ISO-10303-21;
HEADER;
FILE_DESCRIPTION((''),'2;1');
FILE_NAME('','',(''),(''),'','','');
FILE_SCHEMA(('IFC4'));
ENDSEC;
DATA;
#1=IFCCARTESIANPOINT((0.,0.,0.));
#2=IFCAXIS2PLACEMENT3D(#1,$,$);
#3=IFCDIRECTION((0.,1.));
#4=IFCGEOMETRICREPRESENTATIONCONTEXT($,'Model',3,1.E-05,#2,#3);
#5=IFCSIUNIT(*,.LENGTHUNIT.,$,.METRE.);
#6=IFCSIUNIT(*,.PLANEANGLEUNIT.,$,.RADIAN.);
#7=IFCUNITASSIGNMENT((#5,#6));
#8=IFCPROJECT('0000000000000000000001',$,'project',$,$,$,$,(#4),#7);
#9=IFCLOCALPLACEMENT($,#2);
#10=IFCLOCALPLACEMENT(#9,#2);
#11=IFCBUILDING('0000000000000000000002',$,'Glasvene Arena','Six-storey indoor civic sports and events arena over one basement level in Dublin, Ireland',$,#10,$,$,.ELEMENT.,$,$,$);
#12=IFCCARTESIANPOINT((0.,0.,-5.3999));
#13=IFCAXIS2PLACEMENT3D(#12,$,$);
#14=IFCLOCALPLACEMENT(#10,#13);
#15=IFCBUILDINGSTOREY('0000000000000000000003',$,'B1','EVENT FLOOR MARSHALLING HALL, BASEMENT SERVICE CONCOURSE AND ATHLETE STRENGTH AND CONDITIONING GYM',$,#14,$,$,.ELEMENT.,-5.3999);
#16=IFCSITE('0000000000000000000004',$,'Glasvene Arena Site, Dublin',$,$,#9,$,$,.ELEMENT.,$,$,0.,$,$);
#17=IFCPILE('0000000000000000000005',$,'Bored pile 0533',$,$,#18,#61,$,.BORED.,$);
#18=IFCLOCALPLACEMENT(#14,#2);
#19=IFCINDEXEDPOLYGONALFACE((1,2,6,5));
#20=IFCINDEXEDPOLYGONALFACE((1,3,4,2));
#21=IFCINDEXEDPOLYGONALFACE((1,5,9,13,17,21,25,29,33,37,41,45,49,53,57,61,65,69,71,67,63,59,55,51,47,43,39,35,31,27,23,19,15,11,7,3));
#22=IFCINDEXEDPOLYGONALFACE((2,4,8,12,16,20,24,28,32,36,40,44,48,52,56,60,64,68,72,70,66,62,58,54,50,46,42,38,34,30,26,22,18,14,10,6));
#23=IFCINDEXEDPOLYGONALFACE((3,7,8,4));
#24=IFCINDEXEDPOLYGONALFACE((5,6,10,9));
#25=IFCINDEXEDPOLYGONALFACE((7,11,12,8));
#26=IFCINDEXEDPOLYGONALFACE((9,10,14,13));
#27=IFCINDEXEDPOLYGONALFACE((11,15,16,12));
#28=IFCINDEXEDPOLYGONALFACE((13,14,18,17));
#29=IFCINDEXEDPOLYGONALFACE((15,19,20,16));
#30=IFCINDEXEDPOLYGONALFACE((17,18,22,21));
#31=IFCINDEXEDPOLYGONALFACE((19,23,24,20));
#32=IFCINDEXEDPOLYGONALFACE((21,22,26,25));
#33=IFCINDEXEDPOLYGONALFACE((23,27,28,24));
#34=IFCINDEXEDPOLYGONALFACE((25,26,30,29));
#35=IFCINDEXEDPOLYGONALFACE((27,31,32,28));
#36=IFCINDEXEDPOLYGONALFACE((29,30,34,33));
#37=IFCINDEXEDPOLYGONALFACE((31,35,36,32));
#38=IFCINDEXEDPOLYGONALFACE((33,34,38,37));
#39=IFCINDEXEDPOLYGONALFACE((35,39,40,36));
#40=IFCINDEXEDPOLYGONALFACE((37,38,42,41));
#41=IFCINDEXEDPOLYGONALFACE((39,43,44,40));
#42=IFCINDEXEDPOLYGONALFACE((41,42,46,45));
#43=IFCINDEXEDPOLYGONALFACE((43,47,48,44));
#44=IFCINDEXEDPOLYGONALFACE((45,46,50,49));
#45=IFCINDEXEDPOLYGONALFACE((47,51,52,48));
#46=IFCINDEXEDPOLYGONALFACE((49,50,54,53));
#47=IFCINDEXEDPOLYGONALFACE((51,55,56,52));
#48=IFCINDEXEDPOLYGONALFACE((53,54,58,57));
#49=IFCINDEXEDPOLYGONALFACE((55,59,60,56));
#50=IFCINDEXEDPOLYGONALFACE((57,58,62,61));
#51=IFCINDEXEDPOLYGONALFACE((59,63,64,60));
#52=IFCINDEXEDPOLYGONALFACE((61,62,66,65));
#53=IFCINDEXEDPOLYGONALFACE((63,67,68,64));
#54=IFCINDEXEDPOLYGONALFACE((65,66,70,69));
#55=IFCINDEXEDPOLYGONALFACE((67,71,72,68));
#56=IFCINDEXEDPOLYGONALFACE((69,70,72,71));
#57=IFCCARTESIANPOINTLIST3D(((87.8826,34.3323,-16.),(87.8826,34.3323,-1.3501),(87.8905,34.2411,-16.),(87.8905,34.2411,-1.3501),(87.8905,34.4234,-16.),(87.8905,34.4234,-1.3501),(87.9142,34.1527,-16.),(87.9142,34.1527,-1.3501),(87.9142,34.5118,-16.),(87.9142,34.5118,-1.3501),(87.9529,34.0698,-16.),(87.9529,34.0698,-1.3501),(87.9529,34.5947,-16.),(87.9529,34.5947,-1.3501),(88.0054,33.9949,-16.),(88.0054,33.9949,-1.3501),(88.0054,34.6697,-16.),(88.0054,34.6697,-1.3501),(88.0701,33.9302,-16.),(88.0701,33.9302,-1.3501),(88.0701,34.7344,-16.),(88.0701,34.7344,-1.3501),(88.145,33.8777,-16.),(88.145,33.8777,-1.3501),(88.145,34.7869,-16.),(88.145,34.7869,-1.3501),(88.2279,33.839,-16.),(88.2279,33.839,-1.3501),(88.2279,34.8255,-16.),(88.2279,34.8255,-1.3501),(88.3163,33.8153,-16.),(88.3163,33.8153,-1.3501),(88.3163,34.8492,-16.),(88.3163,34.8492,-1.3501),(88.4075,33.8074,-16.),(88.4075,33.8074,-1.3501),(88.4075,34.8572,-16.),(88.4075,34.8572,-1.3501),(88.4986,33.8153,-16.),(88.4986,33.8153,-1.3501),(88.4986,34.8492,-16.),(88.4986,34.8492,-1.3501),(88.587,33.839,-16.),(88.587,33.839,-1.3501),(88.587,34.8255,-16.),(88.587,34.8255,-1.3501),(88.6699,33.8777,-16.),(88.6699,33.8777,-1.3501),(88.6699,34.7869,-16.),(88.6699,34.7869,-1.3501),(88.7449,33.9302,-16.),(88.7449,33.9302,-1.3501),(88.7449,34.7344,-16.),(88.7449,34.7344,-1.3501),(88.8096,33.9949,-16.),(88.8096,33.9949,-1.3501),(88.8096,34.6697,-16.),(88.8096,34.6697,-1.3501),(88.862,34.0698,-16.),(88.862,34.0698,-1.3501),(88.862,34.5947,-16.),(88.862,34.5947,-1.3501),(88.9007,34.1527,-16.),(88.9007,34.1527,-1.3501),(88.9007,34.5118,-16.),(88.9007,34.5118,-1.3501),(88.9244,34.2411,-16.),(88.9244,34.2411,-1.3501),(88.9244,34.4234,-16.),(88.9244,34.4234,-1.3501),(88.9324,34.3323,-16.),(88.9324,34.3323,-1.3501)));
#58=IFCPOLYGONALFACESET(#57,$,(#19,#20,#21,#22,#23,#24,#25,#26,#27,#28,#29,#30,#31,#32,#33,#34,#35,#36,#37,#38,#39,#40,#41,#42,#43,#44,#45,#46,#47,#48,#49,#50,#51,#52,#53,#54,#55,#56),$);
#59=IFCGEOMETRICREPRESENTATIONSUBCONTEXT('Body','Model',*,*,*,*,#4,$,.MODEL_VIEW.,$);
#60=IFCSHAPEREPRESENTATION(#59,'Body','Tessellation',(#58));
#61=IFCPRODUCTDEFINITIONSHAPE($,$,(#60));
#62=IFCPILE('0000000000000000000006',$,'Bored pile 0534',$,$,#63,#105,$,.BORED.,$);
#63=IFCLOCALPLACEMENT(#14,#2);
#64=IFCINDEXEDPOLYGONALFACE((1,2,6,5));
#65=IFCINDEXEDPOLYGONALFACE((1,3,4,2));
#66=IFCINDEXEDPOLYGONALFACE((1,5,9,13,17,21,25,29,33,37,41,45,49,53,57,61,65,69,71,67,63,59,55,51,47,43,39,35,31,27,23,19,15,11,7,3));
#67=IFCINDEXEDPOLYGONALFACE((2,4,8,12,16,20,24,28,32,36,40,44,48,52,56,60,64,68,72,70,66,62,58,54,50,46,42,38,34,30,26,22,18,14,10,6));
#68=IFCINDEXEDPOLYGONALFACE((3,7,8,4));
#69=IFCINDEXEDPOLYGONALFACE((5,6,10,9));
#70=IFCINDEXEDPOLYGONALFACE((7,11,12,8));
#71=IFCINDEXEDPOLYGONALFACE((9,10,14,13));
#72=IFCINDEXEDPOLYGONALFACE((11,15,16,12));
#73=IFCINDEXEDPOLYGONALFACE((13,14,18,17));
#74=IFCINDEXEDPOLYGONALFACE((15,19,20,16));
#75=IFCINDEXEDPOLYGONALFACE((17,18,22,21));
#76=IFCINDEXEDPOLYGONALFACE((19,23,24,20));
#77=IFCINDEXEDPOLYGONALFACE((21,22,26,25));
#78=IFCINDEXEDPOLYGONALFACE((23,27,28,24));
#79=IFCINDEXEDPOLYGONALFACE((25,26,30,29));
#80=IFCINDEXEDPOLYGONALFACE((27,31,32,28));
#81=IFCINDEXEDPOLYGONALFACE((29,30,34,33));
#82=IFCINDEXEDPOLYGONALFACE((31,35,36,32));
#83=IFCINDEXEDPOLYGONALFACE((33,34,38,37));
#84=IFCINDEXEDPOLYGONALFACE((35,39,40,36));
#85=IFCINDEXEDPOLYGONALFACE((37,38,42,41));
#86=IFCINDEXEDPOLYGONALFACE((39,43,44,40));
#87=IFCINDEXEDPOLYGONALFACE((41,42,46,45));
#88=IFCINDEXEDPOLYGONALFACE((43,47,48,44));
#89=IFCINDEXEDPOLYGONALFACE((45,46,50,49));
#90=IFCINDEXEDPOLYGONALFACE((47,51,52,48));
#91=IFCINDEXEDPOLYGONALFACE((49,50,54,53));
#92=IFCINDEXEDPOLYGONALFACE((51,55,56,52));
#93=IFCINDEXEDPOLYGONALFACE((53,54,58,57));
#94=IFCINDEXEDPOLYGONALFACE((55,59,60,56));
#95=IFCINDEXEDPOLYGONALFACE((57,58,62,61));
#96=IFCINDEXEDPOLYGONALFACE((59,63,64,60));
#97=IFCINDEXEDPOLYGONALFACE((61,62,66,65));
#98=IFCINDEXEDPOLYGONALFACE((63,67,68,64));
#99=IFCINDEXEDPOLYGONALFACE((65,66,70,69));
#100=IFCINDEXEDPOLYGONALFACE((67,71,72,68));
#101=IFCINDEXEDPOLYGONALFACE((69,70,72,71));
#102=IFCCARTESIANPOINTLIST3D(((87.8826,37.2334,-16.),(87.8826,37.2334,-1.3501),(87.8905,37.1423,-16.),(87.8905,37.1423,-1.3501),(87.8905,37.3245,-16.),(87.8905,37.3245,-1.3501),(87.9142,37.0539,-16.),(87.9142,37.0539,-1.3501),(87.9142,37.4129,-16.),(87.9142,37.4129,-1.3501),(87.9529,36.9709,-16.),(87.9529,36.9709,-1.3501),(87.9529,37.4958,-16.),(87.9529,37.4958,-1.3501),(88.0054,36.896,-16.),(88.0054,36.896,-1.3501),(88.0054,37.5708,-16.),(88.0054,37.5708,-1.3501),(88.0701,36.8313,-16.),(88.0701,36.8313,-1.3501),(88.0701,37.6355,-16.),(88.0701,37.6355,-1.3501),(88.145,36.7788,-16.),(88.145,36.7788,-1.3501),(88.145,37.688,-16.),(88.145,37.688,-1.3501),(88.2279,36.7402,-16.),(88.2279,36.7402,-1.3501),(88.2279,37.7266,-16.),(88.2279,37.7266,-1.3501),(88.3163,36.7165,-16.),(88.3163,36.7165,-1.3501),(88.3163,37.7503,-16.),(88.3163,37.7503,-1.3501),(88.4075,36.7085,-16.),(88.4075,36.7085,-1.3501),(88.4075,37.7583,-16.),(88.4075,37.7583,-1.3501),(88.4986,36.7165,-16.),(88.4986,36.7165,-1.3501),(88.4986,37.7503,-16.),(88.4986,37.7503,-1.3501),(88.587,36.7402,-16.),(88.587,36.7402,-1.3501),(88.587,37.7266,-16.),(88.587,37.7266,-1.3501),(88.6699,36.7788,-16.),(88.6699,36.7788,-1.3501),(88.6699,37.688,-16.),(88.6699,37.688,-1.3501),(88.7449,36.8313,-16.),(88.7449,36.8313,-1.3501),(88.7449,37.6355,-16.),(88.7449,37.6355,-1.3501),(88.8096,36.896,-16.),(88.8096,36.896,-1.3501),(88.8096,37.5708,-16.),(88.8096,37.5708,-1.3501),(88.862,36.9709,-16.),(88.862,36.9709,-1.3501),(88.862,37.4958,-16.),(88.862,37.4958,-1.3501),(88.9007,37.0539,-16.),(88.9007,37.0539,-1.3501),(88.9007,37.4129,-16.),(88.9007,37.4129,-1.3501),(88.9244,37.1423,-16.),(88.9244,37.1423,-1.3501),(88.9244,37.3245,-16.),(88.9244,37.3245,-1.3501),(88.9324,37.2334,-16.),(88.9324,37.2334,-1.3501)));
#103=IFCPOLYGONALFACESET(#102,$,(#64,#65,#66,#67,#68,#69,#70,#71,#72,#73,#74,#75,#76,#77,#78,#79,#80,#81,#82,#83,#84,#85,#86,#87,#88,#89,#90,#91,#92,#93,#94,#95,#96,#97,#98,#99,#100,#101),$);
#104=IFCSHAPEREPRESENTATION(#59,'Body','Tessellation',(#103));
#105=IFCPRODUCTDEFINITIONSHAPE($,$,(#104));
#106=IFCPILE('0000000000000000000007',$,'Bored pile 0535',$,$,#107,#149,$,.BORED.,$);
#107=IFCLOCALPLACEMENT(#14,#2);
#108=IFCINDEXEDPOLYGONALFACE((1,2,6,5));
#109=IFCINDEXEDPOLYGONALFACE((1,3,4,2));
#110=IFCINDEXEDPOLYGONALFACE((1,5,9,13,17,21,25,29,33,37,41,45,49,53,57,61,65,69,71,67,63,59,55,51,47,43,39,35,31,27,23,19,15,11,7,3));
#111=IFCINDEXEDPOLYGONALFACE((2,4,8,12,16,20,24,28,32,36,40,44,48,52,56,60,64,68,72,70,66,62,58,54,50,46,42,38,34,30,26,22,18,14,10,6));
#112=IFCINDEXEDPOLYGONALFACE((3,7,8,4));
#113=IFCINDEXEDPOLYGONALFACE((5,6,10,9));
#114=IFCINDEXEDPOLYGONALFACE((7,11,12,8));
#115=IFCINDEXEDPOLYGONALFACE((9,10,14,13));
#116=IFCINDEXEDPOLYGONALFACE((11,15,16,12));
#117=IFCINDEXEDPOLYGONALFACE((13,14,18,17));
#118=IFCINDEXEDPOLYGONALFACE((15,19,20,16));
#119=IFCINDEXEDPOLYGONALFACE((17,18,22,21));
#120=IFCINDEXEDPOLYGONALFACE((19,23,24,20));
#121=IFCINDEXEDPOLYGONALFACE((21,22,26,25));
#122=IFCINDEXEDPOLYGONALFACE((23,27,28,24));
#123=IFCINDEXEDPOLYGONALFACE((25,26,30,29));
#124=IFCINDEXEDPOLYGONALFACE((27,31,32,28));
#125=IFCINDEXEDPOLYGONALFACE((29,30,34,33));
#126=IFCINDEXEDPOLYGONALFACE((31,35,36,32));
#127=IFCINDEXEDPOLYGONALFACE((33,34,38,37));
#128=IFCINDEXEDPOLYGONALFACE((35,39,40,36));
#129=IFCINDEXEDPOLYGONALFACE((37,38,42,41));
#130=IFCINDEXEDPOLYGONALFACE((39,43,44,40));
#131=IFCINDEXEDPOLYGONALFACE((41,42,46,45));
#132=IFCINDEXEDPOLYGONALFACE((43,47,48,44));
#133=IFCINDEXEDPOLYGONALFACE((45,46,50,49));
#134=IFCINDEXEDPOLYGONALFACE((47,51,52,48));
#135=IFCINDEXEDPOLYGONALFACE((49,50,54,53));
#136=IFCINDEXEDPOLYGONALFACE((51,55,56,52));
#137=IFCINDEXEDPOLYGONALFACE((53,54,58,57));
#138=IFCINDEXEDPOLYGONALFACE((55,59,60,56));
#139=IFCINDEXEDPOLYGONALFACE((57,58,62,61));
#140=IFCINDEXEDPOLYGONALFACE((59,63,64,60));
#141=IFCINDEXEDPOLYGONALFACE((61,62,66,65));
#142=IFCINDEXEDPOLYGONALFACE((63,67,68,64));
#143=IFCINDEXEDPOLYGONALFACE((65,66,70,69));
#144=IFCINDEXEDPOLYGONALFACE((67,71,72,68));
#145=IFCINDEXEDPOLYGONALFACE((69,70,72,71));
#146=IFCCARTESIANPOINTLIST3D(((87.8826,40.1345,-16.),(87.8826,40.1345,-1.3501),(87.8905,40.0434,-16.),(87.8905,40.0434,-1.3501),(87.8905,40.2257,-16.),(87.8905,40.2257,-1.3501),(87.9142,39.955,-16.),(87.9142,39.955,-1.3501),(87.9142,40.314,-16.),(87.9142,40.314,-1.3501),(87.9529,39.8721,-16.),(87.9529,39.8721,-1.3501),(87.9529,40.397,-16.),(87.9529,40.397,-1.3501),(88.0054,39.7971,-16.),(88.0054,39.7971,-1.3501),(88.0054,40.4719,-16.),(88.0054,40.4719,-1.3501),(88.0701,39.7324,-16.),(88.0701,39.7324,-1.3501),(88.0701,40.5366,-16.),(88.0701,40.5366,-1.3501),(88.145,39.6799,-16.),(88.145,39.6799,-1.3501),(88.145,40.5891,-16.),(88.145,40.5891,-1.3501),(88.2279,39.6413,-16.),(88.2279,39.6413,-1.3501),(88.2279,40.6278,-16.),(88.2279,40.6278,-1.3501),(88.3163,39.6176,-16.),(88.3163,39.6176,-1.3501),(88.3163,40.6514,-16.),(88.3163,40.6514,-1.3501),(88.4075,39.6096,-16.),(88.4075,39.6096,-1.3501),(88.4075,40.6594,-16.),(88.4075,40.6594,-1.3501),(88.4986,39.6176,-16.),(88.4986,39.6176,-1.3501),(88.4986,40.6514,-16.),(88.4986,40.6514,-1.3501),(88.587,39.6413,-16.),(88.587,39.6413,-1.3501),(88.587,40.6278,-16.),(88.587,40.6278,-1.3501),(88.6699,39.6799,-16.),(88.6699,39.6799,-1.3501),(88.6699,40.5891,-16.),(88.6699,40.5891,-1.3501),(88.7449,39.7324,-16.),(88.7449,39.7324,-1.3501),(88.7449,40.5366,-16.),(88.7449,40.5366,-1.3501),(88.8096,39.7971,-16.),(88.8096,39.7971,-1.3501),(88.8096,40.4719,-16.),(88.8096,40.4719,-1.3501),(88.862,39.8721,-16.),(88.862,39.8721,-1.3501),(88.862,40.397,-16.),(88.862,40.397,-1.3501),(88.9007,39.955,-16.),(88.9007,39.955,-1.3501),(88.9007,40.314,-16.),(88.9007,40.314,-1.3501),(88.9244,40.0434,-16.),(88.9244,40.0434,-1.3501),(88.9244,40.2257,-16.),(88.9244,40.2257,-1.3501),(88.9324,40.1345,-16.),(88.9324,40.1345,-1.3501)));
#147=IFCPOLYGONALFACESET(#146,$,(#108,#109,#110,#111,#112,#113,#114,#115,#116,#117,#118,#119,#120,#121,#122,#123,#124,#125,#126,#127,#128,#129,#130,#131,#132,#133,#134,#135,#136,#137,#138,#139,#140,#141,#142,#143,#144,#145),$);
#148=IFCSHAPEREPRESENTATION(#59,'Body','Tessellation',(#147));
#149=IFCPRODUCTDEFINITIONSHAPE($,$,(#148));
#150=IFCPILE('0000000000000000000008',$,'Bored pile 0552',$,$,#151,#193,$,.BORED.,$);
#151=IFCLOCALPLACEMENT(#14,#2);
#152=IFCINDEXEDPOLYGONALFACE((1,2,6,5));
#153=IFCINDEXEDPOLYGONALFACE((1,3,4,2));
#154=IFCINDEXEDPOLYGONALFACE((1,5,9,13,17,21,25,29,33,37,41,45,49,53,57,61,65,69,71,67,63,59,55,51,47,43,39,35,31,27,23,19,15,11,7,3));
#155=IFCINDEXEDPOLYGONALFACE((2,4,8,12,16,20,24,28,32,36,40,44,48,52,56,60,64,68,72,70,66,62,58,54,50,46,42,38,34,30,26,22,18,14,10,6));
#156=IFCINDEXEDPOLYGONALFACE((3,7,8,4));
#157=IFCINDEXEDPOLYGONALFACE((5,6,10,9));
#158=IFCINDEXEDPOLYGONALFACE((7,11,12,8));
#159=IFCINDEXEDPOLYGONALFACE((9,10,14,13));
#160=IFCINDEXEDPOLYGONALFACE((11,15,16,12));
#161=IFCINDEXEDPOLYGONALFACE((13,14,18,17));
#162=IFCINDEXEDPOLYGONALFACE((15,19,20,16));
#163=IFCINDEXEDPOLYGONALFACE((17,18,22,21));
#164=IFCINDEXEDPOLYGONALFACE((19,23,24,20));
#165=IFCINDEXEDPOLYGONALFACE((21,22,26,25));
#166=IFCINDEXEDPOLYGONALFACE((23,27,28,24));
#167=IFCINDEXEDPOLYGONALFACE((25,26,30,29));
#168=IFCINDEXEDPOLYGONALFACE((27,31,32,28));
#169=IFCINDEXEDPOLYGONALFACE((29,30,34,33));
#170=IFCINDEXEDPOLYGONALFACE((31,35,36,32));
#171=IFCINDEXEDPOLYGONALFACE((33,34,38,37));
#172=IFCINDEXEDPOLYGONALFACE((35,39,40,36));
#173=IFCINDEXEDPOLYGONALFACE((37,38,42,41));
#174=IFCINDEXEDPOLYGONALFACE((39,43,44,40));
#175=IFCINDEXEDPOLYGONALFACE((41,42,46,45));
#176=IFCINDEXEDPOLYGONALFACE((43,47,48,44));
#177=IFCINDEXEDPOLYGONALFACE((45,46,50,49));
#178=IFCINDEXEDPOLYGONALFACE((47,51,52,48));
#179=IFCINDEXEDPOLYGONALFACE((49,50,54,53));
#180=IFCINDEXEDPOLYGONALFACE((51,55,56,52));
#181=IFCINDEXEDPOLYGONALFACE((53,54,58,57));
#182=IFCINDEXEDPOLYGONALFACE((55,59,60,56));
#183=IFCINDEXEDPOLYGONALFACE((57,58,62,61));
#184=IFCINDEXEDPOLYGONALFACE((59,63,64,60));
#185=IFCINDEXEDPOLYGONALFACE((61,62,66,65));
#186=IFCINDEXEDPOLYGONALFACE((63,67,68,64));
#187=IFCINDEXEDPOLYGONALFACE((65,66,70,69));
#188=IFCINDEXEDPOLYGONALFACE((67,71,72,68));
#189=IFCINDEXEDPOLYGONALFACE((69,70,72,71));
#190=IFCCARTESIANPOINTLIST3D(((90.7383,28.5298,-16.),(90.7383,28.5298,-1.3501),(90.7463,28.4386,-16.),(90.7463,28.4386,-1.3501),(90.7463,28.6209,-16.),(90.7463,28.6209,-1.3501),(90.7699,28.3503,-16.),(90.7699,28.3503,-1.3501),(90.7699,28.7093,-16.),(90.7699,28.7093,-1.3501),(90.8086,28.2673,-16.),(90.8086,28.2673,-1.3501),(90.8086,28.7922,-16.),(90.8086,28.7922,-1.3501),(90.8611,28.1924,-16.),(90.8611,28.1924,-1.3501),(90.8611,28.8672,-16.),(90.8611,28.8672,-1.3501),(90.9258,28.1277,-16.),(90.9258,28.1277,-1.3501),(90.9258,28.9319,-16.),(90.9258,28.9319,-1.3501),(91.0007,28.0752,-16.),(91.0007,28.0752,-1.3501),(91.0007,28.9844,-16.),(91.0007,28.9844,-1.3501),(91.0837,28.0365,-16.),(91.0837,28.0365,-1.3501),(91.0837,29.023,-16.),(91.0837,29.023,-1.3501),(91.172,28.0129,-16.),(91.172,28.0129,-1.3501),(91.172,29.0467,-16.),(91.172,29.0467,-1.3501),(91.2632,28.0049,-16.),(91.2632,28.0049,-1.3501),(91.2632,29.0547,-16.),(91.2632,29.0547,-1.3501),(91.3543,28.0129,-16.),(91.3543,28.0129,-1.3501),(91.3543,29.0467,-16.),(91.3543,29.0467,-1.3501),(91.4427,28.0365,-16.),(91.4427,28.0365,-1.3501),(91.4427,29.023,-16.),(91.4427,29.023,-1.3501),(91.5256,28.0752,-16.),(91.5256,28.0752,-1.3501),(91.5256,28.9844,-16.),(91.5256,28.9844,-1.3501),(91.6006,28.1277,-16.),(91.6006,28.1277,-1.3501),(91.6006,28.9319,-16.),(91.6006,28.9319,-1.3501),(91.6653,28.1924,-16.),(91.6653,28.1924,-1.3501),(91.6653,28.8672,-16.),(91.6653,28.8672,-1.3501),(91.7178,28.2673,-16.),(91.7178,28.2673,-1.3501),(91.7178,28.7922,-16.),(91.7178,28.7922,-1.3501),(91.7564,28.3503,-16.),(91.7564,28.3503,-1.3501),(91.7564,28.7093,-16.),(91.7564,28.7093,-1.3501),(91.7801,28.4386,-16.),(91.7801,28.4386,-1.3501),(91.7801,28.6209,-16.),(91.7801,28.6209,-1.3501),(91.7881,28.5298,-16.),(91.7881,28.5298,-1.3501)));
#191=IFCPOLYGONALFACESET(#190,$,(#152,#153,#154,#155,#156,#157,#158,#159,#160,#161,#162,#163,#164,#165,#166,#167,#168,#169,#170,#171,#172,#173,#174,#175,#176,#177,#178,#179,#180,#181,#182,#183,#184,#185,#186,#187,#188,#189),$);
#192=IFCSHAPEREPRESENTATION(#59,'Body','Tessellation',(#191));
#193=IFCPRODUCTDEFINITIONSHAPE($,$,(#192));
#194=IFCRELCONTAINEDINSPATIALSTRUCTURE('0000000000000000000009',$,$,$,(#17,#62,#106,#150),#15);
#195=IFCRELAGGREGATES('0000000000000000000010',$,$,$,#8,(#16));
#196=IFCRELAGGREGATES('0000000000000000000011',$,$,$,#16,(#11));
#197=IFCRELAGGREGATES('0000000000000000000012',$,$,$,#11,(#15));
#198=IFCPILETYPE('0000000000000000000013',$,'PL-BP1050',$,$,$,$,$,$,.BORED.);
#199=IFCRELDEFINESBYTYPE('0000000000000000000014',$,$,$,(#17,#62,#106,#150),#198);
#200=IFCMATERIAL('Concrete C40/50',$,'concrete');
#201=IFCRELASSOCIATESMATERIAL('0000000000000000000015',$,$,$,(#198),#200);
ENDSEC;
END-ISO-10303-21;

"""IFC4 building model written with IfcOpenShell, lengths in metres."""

from ifc_helpers import new_model, si_unit, direction, frame, origin, origin_2d, place, context, subcontext, project, spatial, circle, extrude, material, material_profile, profile_set, type_object, element, save


model = new_model("IFC4")

# Units and contexts
model_context = context("Model", 3, precision=1e-05, world=origin(), true_north=direction((0.0, 1.0)))
body_context = subcontext(model_context, "Body", "Model", "MODEL_VIEW")
ifc_project = project(units=[si_unit("LENGTHUNIT", "METRE"), si_unit("PLANEANGLEUNIT", "RADIAN")], contexts=[model_context])

# Site, building, storey
site_placement = place(None, origin())
site = spatial("IfcSite", under=ifc_project, at=site_placement, Name="Glasvene Arena Site, Dublin", CompositionType="ELEMENT", RefElevation=0.0)
building_placement = place(site_placement, origin())
building = spatial("IfcBuilding", under=site, at=building_placement, Name="Glasvene Arena", Description="Six-storey indoor civic sports and events arena over one basement level in Dublin, Ireland", CompositionType="ELEMENT")
storey_placement = place(building_placement, frame((0.0, 0.0, -5.3999)))
storey = spatial("IfcBuildingStorey", under=building, at=storey_placement, Name="B1", Description="EVENT FLOOR MARSHALLING HALL, BASEMENT SERVICE CONCOURSE AND ATHLETE STRENGTH AND CONDITIONING GYM", CompositionType="ELEMENT", Elevation=-5.3999)

# Piles
ifc_material_1 = material(Name="Concrete C40/50", Category="concrete")
ifc_material_profile_1 = material_profile(ifc_material_1, circle(Radius=0.5249, at=origin_2d()), Name="BORED PILE 1050")
ifc_profile_set_1 = profile_set([ifc_material_profile_1], Name="Concrete C40/50")
pile_type = type_object("IfcPileType", Name="PL-BP1050", PredefinedType="BORED", material=ifc_profile_set_1)
for number, where, z_axis, x_axis, name in (
    (1, (88.4075, 34.3323, -1.3501), (0.0, 0.0, -1.0), (1.0, 0.0, 0.0), "Bored pile 0533"),
    (2, (88.4075, 37.2334, -1.3501), (0.0, 0.0, -1.0), (1.0, 0.0, 0.0), "Bored pile 0534"),
    (3, (88.4075, 40.1345, -1.3501), (0.0, 0.0, -1.0), (1.0, 0.0, 0.0), "Bored pile 0535"),
    (4, (91.2632, 28.5298, -1.3501), (0.0, 0.0, -1.0), (1.0, 0.0, 0.0), "Bored pile 0552"),
):
    element("IfcPile", number, at=place(storey_placement, frame(where, z_axis=z_axis, x_axis=x_axis)), inside=storey, type_object=pile_type, Name=name, PredefinedType="BORED", context=body_context, shape_type="SweptSolid", body=[
        extrude(circle(Radius=0.5249, at=origin_2d()), origin(), (0.0, 0.0, 1.0), 14.6499),
    ])

save(model, "model.ifc")
